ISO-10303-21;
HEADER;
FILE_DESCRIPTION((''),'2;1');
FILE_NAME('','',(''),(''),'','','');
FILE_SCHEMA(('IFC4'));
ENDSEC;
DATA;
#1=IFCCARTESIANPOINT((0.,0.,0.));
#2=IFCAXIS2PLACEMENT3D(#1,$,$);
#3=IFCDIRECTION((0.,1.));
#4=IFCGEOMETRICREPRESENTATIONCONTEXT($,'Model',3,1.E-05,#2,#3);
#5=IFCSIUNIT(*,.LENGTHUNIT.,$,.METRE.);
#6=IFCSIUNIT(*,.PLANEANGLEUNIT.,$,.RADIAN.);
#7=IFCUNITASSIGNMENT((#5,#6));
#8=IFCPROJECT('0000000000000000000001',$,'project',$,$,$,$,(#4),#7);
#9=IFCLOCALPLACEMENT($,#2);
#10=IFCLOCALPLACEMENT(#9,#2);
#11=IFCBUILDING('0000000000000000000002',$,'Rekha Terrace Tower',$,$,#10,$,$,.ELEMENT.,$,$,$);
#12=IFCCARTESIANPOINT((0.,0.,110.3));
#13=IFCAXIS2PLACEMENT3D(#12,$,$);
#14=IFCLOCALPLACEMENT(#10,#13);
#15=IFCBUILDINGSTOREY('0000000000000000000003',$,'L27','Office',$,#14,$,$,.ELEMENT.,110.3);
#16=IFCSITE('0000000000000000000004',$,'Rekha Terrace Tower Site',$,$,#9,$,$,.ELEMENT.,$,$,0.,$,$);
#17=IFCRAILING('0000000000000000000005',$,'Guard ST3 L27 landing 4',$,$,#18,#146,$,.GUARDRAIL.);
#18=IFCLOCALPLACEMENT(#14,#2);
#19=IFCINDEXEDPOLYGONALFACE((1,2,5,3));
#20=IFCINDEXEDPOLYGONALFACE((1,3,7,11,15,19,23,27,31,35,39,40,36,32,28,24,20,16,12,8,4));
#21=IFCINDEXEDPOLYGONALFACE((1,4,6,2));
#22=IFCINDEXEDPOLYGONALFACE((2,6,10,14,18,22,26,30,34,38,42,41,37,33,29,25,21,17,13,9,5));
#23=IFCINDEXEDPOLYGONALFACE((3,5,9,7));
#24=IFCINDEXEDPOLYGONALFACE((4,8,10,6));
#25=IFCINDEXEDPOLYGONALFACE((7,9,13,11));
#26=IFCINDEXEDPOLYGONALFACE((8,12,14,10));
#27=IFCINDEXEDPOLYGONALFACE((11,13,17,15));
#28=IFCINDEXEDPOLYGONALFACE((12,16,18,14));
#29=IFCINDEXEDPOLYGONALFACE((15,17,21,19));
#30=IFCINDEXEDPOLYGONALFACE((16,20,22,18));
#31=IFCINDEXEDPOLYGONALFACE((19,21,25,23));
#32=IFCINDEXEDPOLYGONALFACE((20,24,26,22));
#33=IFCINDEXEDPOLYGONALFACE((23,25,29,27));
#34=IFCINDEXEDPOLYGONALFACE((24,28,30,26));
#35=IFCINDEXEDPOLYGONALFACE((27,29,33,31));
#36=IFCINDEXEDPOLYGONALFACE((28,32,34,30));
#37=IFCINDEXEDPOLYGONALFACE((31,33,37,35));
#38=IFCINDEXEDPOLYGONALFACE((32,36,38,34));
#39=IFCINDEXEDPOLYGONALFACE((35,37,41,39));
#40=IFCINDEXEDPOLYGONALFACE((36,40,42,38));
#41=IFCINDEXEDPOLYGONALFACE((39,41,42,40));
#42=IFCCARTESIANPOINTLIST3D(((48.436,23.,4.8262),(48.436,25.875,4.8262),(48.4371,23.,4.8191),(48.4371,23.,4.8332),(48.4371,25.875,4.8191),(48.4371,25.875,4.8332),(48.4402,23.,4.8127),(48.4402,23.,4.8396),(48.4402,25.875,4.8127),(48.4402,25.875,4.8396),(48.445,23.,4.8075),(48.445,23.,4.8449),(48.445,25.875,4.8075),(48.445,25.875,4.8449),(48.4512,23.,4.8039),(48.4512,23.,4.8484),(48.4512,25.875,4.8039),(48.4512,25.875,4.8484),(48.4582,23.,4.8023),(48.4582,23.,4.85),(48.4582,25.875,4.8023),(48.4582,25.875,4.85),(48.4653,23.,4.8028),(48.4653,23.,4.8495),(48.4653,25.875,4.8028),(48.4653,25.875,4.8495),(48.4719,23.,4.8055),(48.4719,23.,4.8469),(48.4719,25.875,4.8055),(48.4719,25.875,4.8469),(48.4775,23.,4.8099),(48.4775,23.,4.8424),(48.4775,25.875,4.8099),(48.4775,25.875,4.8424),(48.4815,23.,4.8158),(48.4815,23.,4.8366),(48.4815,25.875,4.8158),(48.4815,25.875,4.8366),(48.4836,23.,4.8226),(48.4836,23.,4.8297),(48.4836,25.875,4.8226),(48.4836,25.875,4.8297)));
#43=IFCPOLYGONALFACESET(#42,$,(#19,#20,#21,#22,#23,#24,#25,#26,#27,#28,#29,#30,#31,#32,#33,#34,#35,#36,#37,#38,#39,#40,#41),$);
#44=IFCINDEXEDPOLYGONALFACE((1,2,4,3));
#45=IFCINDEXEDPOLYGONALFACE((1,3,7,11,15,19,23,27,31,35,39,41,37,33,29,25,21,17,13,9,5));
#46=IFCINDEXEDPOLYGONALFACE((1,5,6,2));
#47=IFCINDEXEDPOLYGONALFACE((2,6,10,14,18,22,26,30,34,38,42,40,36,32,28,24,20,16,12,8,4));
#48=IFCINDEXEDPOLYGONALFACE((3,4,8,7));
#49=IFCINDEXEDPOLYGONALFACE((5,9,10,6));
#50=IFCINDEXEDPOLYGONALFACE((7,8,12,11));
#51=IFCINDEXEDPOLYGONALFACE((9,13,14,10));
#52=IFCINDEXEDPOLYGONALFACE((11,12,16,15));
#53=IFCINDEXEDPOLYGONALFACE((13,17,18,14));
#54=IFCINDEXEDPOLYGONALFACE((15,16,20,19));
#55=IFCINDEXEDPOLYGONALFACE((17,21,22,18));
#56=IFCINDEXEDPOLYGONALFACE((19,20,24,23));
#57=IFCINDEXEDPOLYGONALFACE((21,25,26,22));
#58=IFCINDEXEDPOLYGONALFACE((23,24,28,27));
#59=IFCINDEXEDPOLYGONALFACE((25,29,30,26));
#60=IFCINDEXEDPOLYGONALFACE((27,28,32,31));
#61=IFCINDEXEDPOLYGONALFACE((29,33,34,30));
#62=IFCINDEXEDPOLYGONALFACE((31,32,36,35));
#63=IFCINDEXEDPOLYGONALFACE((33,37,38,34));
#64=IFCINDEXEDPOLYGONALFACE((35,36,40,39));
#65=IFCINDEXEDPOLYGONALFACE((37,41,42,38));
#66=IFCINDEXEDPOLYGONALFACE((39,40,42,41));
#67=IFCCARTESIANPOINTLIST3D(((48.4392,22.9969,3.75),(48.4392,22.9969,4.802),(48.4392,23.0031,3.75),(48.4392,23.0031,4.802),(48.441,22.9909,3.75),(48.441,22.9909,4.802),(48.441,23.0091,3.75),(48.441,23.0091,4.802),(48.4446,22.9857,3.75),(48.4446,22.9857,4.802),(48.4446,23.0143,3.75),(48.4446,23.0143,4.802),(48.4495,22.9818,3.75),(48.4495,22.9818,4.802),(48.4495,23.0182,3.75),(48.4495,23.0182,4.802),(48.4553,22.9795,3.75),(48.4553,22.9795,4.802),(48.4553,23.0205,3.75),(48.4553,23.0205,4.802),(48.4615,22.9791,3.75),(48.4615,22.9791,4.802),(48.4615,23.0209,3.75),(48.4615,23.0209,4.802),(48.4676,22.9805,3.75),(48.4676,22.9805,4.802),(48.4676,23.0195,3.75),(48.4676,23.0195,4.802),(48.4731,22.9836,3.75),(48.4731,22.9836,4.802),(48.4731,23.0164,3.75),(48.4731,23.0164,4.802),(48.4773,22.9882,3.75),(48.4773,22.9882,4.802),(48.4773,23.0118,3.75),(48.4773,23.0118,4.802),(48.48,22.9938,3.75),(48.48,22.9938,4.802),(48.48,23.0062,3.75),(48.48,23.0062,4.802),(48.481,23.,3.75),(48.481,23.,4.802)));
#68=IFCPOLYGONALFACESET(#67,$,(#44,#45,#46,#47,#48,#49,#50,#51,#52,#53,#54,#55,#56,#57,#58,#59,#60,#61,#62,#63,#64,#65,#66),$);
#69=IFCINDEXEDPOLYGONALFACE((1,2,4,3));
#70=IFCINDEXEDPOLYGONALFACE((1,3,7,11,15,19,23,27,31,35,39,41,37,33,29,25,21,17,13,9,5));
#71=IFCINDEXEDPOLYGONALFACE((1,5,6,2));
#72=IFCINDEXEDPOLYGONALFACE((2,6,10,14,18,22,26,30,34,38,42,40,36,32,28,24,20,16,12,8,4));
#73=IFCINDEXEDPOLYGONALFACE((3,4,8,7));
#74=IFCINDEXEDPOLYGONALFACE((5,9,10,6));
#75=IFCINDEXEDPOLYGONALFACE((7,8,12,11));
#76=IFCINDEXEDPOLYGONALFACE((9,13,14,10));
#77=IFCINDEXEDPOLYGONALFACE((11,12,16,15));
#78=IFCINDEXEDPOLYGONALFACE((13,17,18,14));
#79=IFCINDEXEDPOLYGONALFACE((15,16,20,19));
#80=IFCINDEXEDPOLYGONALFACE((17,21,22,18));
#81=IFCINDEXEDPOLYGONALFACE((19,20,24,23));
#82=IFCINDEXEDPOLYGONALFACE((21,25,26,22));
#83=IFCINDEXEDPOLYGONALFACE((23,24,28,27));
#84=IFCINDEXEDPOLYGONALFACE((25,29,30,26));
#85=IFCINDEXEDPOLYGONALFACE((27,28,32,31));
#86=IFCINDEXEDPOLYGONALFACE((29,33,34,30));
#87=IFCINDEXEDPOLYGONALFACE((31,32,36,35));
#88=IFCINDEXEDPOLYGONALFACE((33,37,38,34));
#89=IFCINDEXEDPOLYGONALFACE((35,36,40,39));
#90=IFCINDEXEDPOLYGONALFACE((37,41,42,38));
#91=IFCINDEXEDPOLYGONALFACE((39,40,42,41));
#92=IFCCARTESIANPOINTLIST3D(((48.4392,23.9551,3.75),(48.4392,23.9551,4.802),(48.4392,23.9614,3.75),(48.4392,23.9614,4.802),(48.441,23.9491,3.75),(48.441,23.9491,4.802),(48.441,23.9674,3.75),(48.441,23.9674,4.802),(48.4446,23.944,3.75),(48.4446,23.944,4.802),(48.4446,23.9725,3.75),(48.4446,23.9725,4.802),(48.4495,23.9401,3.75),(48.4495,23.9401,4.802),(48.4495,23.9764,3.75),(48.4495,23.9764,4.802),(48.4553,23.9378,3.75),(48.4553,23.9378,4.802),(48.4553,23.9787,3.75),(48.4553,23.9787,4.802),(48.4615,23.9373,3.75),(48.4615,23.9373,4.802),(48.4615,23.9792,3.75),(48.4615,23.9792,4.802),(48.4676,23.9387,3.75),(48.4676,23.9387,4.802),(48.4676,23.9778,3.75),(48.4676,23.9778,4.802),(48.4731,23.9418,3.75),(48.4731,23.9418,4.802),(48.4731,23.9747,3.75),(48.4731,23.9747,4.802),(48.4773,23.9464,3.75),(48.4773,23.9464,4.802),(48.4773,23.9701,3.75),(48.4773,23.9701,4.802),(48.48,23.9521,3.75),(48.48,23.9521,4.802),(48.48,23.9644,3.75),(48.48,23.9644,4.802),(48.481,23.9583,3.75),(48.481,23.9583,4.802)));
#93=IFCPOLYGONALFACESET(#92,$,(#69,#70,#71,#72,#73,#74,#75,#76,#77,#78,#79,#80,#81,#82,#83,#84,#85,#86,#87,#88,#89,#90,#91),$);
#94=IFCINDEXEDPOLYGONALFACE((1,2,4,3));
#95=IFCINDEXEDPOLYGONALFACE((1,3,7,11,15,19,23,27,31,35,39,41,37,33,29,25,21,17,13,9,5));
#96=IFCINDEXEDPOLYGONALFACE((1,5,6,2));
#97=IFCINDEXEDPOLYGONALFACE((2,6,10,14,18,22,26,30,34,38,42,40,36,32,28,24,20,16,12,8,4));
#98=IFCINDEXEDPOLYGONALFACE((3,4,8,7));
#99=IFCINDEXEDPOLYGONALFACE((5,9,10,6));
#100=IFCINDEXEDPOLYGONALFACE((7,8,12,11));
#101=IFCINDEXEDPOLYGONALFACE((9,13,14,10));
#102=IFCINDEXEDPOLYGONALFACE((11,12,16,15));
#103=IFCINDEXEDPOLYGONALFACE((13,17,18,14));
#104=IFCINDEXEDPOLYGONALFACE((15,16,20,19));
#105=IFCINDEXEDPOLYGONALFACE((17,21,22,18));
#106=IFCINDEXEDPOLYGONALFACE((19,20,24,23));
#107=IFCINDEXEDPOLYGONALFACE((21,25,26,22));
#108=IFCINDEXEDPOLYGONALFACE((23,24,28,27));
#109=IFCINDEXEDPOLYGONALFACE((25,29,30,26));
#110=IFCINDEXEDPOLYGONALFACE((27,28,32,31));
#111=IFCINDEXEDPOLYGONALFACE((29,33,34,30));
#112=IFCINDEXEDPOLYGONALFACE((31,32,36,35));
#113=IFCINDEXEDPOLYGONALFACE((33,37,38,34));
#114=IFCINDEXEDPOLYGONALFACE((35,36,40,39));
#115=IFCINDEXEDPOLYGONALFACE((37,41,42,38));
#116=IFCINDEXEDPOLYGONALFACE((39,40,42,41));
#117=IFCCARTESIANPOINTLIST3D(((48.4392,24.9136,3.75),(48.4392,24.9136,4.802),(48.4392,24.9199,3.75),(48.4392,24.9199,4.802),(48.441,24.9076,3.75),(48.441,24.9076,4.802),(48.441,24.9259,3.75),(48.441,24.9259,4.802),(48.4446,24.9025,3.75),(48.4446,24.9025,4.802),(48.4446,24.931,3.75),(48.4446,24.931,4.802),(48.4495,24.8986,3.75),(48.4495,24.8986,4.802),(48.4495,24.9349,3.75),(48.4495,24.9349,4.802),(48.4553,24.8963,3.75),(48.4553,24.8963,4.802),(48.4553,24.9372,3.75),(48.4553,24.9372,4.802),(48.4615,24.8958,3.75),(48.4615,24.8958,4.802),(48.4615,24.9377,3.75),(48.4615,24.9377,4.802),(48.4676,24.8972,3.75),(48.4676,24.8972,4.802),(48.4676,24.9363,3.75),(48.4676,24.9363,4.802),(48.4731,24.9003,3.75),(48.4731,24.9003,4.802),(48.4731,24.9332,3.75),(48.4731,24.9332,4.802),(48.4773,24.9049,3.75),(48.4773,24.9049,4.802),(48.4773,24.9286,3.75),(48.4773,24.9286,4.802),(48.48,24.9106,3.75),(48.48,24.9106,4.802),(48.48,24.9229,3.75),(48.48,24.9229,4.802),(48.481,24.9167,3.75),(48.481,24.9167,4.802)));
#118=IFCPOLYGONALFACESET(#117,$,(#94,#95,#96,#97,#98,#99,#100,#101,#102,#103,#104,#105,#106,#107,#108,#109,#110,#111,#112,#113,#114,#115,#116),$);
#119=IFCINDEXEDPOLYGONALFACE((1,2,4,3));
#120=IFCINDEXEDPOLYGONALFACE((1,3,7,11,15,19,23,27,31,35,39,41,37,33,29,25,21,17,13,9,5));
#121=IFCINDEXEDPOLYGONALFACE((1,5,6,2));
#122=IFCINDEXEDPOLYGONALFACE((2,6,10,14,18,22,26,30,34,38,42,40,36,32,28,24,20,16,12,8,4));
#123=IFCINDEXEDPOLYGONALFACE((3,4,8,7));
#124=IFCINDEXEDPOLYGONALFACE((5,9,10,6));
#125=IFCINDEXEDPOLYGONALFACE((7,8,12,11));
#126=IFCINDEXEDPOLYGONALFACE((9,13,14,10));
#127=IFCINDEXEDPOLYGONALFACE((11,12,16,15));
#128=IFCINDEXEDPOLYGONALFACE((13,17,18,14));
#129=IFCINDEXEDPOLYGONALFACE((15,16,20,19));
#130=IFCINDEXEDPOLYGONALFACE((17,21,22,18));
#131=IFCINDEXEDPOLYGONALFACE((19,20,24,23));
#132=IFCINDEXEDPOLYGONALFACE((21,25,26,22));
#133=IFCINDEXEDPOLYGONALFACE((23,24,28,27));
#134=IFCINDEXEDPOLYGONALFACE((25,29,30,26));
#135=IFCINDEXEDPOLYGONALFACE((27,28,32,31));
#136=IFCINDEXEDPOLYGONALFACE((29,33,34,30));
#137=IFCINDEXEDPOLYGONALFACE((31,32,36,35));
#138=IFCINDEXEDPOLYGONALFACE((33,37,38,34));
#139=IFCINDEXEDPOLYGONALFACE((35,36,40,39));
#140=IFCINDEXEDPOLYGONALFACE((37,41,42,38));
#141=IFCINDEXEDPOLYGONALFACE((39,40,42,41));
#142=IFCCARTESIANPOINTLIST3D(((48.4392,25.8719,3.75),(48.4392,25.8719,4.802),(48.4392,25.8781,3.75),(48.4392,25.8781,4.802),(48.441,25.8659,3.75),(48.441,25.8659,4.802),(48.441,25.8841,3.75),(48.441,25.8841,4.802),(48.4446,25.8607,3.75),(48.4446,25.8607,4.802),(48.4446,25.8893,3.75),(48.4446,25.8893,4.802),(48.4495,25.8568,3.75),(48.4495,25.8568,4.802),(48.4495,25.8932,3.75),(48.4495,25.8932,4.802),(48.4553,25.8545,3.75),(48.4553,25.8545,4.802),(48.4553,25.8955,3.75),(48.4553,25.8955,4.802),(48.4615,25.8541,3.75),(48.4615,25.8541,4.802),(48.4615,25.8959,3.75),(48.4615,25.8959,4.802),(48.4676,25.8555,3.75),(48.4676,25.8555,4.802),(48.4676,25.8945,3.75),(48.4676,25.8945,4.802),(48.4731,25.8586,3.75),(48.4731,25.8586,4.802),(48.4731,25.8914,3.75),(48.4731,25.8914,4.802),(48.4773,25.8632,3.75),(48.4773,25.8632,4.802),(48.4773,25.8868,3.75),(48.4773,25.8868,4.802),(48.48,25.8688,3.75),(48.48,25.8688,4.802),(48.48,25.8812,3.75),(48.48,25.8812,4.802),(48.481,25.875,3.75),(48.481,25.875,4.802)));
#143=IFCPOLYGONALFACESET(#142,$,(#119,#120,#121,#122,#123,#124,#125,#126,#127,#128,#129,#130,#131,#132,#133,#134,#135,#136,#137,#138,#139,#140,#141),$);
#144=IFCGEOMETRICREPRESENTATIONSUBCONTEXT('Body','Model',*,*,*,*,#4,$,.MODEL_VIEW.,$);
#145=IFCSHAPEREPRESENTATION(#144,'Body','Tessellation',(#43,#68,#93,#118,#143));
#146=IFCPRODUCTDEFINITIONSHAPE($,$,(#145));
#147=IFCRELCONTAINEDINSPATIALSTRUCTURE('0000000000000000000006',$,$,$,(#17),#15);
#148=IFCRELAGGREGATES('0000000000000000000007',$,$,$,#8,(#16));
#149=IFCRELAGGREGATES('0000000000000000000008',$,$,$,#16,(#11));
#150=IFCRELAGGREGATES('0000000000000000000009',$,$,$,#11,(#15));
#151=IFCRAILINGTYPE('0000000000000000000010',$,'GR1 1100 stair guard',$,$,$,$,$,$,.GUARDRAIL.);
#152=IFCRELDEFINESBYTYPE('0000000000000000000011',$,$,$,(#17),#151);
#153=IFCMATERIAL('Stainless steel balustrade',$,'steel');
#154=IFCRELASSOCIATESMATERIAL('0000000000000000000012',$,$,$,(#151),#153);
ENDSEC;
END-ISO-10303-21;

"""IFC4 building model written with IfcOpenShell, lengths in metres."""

from ifc_helpers import new_model, si_unit, direction, frame, origin, origin_2d, place, context, subcontext, project, spatial, circle, extrude, material, type_object, element, save


model = new_model("IFC4")

# Units and contexts
model_context = context("Model", 3, precision=1e-05, world=origin(), true_north=direction((0.0, 1.0)))
body_context = subcontext(model_context, "Body", "Model", "MODEL_VIEW")
ifc_project = project(units=[si_unit("LENGTHUNIT", "METRE"), si_unit("PLANEANGLEUNIT", "RADIAN")], contexts=[model_context])

# Site, building, storey
site_placement = place(None, origin())
site = spatial("IfcSite", under=ifc_project, at=site_placement, Name="Rekha Terrace Tower Site", CompositionType="ELEMENT", RefElevation=0.0)
building_placement = place(site_placement, origin())
building = spatial("IfcBuilding", under=site, at=building_placement, Name="Rekha Terrace Tower", CompositionType="ELEMENT")
storey_placement = place(building_placement, frame((0.0, 0.0, 110.3)))
storey = spatial("IfcBuildingStorey", under=building, at=storey_placement, Name="L27", Description="Office", CompositionType="ELEMENT", Elevation=110.3)

# Railing
ifc_material_1 = material(Name="Stainless steel balustrade", Category="steel")
railing_type_1 = type_object("IfcRailingType", Name="GR1 1100 stair guard", PredefinedType="GUARDRAIL", material=ifc_material_1)
railing_1_placement = place(storey_placement, frame((48.46, 23.0, 3.75)))
element("IfcRailing", 1, at=railing_1_placement, inside=storey, type_object=railing_type_1, Name="Guard ST3 L27 landing 4", PredefinedType="GUARDRAIL", context=body_context, shape_type="SweptSolid", body=[
    extrude(circle(Radius=0.0239, at=origin_2d()), frame((0.0, 0.0, 1.0762), z_axis=(0.0, 1.0, 0.0), x_axis=(-1.0, 0.0, 0.0)), (0.0, 0.0, 1.0), 2.875),
    extrude(circle(Radius=0.021, at=origin_2d()), origin(), (0.0, 0.0, 1.0), 1.052),
    extrude(circle(Radius=0.021, at=origin_2d()), frame((0.0, 0.9583, 0.0)), (0.0, 0.0, 1.0), 1.052),
    extrude(circle(Radius=0.021, at=origin_2d()), frame((0.0, 1.9167, 0.0)), (0.0, 0.0, 1.0), 1.052),
    extrude(circle(Radius=0.021, at=origin_2d()), frame((0.0, 2.875, 0.0)), (0.0, 0.0, 1.0), 1.052),
])

save(model, "model.ifc")
